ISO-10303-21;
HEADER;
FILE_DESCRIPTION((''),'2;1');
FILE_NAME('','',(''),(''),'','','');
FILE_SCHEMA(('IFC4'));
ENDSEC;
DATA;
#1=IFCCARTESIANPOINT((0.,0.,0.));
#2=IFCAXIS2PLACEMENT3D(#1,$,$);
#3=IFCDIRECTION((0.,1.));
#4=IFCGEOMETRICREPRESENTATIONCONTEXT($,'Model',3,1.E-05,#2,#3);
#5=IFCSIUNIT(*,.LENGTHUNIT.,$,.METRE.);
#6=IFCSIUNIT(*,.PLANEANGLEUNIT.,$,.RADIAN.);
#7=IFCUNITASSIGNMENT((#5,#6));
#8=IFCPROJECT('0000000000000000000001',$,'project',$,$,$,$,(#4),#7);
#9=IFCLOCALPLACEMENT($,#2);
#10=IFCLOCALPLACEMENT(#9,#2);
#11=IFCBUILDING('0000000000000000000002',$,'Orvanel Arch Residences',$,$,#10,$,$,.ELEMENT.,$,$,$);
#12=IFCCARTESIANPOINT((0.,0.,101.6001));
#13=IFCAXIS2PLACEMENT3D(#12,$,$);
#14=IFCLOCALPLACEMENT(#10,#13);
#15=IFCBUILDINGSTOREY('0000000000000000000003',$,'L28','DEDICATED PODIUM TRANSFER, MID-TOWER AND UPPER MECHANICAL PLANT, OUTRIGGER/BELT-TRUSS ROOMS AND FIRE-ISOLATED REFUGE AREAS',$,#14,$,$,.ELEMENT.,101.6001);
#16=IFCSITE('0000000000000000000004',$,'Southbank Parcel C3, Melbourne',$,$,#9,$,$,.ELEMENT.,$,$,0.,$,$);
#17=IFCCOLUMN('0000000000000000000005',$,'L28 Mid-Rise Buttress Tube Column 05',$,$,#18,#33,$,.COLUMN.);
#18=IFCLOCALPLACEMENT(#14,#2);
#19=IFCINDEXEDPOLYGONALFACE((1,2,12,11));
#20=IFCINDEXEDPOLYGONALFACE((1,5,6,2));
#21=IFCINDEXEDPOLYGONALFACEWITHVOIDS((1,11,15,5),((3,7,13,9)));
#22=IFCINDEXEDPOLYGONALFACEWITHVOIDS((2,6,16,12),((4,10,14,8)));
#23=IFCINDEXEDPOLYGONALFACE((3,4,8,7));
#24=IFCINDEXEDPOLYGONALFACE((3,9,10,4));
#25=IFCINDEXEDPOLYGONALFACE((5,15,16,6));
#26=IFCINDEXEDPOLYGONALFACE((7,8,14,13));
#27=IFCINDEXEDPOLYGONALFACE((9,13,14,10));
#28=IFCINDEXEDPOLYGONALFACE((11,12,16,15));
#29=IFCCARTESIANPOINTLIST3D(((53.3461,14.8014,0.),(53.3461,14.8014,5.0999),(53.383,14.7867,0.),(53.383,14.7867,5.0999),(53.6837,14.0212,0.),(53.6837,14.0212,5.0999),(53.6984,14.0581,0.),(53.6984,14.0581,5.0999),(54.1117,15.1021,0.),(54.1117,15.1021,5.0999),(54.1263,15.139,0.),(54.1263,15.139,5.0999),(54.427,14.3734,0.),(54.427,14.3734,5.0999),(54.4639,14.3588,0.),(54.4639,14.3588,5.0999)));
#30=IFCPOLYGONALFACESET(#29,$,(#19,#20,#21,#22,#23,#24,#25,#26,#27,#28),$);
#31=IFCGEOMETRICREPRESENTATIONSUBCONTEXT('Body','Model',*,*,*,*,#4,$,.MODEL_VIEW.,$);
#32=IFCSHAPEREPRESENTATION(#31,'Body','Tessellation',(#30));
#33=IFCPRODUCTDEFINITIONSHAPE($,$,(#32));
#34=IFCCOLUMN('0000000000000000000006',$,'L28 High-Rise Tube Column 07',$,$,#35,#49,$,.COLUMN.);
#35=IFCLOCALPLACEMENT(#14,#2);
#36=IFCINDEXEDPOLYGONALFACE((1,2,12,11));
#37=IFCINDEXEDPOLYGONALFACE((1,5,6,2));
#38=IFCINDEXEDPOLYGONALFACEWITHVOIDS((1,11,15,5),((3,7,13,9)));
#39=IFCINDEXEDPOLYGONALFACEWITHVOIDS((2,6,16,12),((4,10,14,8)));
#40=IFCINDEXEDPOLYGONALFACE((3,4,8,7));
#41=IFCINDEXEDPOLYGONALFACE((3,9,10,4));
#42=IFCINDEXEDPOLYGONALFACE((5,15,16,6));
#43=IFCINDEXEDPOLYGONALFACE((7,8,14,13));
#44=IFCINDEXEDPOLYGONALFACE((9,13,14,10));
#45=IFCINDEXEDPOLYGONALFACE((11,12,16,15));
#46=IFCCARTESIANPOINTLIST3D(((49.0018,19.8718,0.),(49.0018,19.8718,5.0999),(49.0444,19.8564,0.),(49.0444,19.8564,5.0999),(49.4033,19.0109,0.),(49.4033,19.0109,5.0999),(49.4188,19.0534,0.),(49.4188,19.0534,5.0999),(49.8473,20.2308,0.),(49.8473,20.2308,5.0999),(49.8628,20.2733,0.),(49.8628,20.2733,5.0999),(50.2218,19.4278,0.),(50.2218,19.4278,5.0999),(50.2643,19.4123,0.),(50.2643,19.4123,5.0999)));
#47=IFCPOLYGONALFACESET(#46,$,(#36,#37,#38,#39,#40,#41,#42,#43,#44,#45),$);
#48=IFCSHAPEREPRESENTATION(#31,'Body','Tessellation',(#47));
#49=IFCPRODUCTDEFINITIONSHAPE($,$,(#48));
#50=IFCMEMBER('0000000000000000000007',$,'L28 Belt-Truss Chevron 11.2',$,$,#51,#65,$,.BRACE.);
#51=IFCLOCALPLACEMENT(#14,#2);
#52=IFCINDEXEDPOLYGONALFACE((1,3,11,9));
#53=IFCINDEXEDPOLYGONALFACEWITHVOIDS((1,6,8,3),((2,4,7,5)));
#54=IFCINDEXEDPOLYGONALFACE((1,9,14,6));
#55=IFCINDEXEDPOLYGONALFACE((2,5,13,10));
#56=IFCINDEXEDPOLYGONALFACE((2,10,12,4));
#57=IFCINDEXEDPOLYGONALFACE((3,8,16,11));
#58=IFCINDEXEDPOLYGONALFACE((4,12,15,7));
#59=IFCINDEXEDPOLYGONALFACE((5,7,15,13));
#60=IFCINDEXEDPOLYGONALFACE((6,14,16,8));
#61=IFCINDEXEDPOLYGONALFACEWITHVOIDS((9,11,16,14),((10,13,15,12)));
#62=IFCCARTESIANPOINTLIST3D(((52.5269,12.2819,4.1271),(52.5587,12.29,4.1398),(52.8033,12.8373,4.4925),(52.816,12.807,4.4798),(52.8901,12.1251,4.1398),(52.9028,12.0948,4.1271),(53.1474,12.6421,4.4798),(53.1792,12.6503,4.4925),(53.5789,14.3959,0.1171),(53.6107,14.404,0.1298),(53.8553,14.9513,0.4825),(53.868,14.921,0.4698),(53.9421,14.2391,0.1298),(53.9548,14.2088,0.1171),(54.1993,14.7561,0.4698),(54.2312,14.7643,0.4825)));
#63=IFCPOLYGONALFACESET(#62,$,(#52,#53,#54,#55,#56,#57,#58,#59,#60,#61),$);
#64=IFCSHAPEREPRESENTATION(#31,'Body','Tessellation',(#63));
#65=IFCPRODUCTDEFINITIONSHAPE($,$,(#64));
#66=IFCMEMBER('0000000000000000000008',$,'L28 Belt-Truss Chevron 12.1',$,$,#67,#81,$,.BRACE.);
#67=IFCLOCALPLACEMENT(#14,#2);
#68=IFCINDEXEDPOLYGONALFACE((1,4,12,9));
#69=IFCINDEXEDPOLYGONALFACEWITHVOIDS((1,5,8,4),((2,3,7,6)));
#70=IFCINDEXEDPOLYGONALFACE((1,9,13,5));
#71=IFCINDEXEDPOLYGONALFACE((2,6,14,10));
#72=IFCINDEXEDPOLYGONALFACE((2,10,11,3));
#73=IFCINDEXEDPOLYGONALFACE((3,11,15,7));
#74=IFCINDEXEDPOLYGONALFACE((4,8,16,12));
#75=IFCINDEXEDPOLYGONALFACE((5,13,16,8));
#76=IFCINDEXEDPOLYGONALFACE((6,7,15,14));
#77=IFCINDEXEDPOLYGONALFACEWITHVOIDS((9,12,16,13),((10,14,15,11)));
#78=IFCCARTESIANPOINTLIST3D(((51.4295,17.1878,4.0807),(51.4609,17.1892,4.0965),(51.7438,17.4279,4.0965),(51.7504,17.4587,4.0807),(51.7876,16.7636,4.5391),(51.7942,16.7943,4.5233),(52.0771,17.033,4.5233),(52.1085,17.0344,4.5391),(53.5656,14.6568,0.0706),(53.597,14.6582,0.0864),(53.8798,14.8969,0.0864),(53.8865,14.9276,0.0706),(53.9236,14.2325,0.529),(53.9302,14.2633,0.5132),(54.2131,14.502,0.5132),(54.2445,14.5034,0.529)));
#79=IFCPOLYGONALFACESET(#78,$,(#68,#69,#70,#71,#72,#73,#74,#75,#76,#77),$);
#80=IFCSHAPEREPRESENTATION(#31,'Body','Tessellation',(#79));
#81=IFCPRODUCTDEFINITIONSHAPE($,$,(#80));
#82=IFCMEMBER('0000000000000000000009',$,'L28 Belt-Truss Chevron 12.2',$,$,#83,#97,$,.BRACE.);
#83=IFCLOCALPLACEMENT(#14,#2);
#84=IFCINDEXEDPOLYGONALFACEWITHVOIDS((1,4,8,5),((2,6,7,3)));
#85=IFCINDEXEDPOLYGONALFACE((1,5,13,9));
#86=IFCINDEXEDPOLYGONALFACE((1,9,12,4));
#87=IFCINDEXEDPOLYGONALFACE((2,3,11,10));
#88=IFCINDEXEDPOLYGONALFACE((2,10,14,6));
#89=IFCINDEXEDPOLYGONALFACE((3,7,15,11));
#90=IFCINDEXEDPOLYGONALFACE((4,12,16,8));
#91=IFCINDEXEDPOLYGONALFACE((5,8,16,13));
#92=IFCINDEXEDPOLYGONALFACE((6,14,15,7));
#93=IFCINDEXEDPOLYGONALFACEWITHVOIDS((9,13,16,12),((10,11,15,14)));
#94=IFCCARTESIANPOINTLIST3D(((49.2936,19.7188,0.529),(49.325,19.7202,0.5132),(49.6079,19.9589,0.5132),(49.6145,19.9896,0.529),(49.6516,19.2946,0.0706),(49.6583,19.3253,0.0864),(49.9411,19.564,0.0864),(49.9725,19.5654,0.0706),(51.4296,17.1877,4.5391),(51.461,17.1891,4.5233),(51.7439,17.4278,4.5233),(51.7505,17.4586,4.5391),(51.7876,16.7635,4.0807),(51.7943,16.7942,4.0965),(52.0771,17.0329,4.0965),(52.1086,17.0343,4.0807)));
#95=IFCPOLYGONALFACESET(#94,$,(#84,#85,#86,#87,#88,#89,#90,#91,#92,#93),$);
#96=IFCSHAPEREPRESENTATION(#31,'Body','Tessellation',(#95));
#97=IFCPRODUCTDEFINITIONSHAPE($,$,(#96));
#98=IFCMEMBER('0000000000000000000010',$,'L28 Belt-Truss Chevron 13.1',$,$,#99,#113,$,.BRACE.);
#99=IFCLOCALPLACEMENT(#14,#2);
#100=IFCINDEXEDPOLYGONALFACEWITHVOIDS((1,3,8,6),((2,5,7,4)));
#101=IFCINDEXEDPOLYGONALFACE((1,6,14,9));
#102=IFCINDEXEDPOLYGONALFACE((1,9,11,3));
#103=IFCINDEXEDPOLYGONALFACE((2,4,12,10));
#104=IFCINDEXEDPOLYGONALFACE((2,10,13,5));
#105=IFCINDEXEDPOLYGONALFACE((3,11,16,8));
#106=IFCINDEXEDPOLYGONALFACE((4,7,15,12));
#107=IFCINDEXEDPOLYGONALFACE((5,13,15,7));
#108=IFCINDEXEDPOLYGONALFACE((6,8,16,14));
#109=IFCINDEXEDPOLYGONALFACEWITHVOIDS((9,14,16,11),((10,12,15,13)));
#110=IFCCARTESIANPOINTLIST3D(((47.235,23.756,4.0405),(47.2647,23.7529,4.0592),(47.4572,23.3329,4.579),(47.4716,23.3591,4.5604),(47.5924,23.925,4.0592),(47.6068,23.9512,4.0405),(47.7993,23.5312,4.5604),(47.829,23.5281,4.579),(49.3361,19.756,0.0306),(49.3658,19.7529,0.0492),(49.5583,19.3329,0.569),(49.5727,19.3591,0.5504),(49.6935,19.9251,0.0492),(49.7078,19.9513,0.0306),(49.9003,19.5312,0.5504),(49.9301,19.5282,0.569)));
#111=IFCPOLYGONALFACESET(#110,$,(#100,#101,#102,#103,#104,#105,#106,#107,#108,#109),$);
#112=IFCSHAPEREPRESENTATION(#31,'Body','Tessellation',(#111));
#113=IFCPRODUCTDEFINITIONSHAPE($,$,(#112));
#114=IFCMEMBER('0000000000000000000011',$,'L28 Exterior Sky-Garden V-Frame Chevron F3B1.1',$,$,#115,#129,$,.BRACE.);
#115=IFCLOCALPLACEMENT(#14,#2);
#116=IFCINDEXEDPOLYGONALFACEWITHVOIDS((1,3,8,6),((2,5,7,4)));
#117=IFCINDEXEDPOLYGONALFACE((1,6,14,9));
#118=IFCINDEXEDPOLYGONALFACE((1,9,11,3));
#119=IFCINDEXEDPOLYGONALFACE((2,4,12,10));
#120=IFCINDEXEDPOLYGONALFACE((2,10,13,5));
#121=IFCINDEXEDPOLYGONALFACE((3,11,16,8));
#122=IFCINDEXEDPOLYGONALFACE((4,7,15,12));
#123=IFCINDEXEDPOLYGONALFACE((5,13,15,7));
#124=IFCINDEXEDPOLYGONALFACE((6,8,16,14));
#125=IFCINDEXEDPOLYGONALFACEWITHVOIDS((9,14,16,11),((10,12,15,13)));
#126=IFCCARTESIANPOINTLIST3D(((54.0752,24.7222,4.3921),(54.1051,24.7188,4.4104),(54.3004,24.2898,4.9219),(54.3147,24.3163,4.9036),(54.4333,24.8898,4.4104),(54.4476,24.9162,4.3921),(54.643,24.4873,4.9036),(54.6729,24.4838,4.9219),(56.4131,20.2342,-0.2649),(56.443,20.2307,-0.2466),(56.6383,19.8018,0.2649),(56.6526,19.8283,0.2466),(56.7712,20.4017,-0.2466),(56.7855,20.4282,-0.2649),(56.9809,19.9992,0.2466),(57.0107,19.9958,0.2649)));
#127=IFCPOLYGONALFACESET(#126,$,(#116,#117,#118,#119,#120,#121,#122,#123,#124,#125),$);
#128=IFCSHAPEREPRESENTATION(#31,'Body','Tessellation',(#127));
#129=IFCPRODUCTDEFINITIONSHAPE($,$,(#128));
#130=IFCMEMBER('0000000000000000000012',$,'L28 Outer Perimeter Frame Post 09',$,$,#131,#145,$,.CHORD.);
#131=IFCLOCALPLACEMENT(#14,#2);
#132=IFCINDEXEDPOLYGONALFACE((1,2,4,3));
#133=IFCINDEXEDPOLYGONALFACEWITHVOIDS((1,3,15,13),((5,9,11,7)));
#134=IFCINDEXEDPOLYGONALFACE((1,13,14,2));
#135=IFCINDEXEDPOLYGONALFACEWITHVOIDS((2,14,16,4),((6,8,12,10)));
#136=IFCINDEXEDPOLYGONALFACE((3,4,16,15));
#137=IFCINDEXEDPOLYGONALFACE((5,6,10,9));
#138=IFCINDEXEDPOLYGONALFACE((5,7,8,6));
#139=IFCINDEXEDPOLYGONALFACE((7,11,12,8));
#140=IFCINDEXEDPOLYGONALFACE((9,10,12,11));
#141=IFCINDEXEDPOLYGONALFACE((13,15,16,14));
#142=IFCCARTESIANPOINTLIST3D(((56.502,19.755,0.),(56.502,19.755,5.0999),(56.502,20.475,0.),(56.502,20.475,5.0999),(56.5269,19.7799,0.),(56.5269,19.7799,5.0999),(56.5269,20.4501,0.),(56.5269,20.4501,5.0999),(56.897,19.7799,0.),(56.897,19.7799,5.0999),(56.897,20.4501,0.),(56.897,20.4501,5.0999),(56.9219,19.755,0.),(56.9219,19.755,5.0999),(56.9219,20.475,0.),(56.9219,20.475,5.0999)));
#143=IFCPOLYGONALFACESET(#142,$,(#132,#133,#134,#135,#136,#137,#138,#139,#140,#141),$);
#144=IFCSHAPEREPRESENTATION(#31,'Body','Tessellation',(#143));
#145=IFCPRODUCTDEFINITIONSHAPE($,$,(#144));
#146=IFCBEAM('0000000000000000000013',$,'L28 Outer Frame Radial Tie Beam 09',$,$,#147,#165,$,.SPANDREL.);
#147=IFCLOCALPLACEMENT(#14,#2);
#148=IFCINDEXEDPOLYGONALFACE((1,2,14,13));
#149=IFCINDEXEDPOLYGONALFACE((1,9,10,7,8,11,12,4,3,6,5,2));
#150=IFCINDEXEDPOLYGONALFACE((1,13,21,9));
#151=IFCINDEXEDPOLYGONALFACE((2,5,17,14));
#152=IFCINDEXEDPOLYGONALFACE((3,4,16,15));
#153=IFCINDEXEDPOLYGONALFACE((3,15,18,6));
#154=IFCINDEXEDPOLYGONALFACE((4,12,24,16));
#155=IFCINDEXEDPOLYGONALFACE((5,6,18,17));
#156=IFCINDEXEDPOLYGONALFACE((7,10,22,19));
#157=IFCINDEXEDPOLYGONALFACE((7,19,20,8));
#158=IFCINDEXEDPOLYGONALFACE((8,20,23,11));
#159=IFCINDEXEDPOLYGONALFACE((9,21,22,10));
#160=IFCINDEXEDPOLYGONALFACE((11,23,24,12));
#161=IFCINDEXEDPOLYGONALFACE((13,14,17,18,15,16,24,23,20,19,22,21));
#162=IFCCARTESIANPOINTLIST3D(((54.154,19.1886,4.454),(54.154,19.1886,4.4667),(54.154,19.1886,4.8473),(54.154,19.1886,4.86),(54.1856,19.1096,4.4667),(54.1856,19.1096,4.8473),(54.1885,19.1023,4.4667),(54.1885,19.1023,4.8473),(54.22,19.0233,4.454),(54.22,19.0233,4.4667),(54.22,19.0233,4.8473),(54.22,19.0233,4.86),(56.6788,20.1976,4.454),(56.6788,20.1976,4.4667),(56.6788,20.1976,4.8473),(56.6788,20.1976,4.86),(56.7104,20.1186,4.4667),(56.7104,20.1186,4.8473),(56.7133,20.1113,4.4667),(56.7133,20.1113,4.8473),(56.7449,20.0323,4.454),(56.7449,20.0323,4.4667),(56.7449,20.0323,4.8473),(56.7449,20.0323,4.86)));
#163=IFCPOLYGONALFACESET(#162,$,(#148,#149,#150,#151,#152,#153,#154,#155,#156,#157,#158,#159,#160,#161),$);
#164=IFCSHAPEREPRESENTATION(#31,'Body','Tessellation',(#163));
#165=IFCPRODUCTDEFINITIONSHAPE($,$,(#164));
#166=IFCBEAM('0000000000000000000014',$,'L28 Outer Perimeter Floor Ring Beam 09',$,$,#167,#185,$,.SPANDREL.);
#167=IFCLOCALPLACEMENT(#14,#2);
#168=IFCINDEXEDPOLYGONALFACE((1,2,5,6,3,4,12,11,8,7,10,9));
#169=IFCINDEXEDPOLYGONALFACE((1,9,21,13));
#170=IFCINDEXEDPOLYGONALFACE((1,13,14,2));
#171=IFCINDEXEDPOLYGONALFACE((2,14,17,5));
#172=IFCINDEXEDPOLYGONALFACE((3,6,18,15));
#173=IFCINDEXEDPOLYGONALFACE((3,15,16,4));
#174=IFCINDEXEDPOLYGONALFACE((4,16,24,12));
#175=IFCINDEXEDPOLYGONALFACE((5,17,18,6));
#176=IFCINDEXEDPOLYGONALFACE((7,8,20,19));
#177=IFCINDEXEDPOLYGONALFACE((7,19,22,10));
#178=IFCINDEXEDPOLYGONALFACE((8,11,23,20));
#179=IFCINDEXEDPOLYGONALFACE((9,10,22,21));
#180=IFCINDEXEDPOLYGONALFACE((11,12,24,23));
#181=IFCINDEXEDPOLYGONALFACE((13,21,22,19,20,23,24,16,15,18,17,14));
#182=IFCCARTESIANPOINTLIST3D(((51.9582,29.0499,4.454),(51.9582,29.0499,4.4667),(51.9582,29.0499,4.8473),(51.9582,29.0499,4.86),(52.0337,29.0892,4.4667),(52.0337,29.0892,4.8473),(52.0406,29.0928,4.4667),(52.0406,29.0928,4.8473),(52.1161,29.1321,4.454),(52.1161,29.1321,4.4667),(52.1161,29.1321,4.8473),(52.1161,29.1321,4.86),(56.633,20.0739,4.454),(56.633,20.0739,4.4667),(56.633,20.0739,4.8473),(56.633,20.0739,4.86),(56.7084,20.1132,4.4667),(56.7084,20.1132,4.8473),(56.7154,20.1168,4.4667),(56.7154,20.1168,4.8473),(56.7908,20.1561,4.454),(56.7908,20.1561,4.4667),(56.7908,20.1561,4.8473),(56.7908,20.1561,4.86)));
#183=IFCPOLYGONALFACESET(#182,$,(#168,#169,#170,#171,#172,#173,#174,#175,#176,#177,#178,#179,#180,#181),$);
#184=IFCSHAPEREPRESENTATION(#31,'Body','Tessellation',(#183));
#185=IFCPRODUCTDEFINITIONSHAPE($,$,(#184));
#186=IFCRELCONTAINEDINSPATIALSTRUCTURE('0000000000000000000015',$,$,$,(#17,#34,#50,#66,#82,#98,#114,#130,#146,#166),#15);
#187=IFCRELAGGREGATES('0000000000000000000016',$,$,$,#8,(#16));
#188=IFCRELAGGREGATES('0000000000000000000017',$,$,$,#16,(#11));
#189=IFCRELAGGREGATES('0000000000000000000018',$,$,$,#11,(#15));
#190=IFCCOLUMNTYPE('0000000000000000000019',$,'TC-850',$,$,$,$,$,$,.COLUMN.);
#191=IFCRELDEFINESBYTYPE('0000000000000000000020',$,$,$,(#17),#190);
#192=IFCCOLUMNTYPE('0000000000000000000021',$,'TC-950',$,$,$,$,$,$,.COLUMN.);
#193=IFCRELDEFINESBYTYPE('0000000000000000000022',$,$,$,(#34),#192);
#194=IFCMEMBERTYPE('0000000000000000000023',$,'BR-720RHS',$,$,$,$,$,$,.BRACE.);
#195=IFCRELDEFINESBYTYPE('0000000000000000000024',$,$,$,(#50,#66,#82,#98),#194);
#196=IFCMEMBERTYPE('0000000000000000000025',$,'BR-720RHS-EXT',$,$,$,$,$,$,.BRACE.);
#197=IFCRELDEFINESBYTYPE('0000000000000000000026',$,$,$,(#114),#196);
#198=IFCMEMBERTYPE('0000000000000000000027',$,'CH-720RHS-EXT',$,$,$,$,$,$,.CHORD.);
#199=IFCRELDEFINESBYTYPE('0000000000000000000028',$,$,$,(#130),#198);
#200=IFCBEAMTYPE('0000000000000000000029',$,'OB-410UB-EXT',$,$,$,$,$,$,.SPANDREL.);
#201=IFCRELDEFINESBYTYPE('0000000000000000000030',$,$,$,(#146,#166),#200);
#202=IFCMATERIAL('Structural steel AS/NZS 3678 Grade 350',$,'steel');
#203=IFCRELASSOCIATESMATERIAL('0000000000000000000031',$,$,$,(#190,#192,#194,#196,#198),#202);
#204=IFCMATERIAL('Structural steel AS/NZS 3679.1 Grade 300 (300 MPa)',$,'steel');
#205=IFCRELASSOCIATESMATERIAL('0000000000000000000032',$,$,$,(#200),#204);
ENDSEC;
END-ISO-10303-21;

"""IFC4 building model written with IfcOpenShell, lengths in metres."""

from ifc_helpers import new_model, si_unit, direction, frame, origin, origin_2d, place, context, subcontext, project, spatial, hollow_rectangle, i_section, extrude, material, material_profile, profile_set, type_object, element, save


model = new_model("IFC4")

# Units and contexts
model_context = context("Model", 3, precision=1e-05, world=origin(), true_north=direction((0.0, 1.0)))
body_context = subcontext(model_context, "Body", "Model", "MODEL_VIEW")
ifc_project = project(units=[si_unit("LENGTHUNIT", "METRE"), si_unit("PLANEANGLEUNIT", "RADIAN")], contexts=[model_context])

# Site, building, storey
site_placement = place(None, origin())
site = spatial("IfcSite", under=ifc_project, at=site_placement, Name="Southbank Parcel C3, Melbourne", CompositionType="ELEMENT", RefElevation=0.0)
building_placement = place(site_placement, origin())
building = spatial("IfcBuilding", under=site, at=building_placement, Name="Orvanel Arch Residences", CompositionType="ELEMENT")
storey_placement = place(building_placement, frame((0.0, 0.0, 101.6001)))
storey = spatial("IfcBuildingStorey", under=building, at=storey_placement, Name="L28", Description="DEDICATED PODIUM TRANSFER, MID-TOWER AND UPPER MECHANICAL PLANT, OUTRIGGER/BELT-TRUSS ROOMS AND FIRE-ISOLATED REFUGE AREAS", CompositionType="ELEMENT", Elevation=101.6001)

# Columns
ifc_material_1 = material(Name="Structural steel AS/NZS 3678 Grade 350", Category="steel")
ifc_material_profile_1 = material_profile(ifc_material_1, hollow_rectangle(XDim=0.8501, YDim=0.8501, WallThickness=0.0281, at=origin_2d()), Name="BOX850x850x28")
ifc_profile_set_1 = profile_set([ifc_material_profile_1], Name="Structural steel AS/NZS 3678 Grade 350")
column_type_1 = type_object("IfcColumnType", Name="TC-850", PredefinedType="COLUMN", material=ifc_profile_set_1)
column_1_placement = place(storey_placement, frame((53.905, 14.5801, 0.0), z_axis=(0.0, 0.0, 1.0), x_axis=(-0.397148, 0.917755, 0.0)))
element("IfcColumn", 1, at=column_1_placement, inside=storey, type_object=column_type_1, Name="L28 Mid-Rise Buttress Tube Column 05", PredefinedType="COLUMN", context=body_context, shape_type="SweptSolid", body=[
    extrude(hollow_rectangle(XDim=0.8501, YDim=0.8501, WallThickness=0.0281, at=origin_2d()), origin(), (0.0, 0.0, 1.0), 5.0999),
])
ifc_material_profile_2 = material_profile(ifc_material_1, hollow_rectangle(XDim=0.95, YDim=0.95, WallThickness=0.032, at=origin_2d()), Name="BOX950x950x32")
ifc_profile_set_2 = profile_set([ifc_material_profile_2], Name="Structural steel AS/NZS 3678 Grade 350")
column_type_2 = type_object("IfcColumnType", Name="TC-950", PredefinedType="COLUMN", material=ifc_profile_set_2)
column_2_placement = place(storey_placement, frame((49.6331, 19.6421, 0.0), z_axis=(0.0, 0.0, 1.0), x_axis=(-0.422618, 0.906308, 0.0)))
element("IfcColumn", 2, at=column_2_placement, inside=storey, type_object=column_type_2, Name="L28 High-Rise Tube Column 07", PredefinedType="COLUMN", context=body_context, shape_type="SweptSolid", body=[
    extrude(hollow_rectangle(XDim=0.95, YDim=0.95, WallThickness=0.032, at=origin_2d()), origin(), (0.0, 0.0, 1.0), 5.0999),
])

# Members
ifc_material_profile_3 = material_profile(ifc_material_1, hollow_rectangle(XDim=0.4199, YDim=0.72, WallThickness=0.0249, at=origin_2d()), Name="RHS720x420x25")
ifc_profile_set_3 = profile_set([ifc_material_profile_3], Name="Structural steel AS/NZS 3678 Grade 350")
member_type_1 = type_object("IfcMemberType", Name="BR-720RHS", PredefinedType="BRACE", material=ifc_profile_set_3)
member_1_placement = place(storey_placement, frame((53.905, 14.5801, 0.2998), z_axis=(-0.226062, -0.454275, 0.861702), x_axis=(0.895273, -0.445517, 0.0)))
element("IfcMember", 3, at=member_1_placement, inside=storey, type_object=member_type_1, Name="L28 Belt-Truss Chevron 11.2", PredefinedType="BRACE", context=body_context, shape_type="SweptSolid", body=[
    extrude(hollow_rectangle(XDim=0.4199, YDim=0.72, WallThickness=0.0249, at=origin_2d()), origin(), (0.0, 0.0, 1.0), 4.6536),
])
for number, where, z_axis, x_axis, name in (
    (4, (53.905, 14.5801, 0.2998), (-0.410701, 0.486654, 0.771033), (-0.764224, -0.64495, 0.0), "L28 Belt-Truss Chevron 12.1"),
    (5, (49.6331, 19.6421, 0.2998), (0.410701, -0.486654, 0.771033), (0.764224, 0.64495, 0.0), "L28 Belt-Truss Chevron 12.2"),
):
    element("IfcMember", number, at=place(storey_placement, frame(where, z_axis=z_axis, x_axis=x_axis)), inside=storey, type_object=member_type_1, Name=name, PredefinedType="BRACE", context=body_context, shape_type="SweptSolid", body=[
        extrude(hollow_rectangle(XDim=0.4199, YDim=0.72, WallThickness=0.0249, at=origin_2d()), origin(), (0.0, 0.0, 1.0), 5.2009),
    ])
member_2_placement = place(storey_placement, frame((49.6331, 19.6421, 0.2998), z_axis=(-0.347798, 0.662133, 0.66379), x_axis=(-0.8853, -0.46502, 0.0)))
element("IfcMember", 6, at=member_2_placement, inside=storey, type_object=member_type_1, Name="L28 Belt-Truss Chevron 13.1", PredefinedType="BRACE", context=body_context, shape_type="SweptSolid", body=[
    extrude(hollow_rectangle(XDim=0.4199, YDim=0.72, WallThickness=0.0249, at=origin_2d()), origin(), (0.0, 0.0, 1.0), 6.041),
])
ifc_material_profile_4 = material_profile(ifc_material_1, hollow_rectangle(XDim=0.4199, YDim=0.72, WallThickness=0.0249, at=origin_2d()), Name="RHS720x420x25")
ifc_profile_set_4 = profile_set([ifc_material_profile_4], Name="Structural steel AS/NZS 3678 Grade 350")
member_type_2 = type_object("IfcMemberType", Name="BR-720RHS-EXT", PredefinedType="BRACE", material=ifc_profile_set_4)
member_3_placement = place(storey_placement, frame((56.7119, 20.115, 0.0), z_axis=(-0.339949, 0.652598, 0.677164), x_axis=(-0.886884, -0.461992, 0.0)))
element("IfcMember", 7, at=member_3_placement, inside=storey, type_object=member_type_2, Name="L28 Exterior Sky-Garden V-Frame Chevron F3B1.1", PredefinedType="BRACE", context=body_context, shape_type="SweptSolid", body=[
    extrude(hollow_rectangle(XDim=0.4199, YDim=0.72, WallThickness=0.0249, at=origin_2d()), origin(), (0.0, 0.0, 1.0), 6.8772),
])
ifc_material_profile_5 = material_profile(ifc_material_1, hollow_rectangle(XDim=0.4199, YDim=0.72, WallThickness=0.0249, at=origin_2d()), Name="RHS720x420x25")
ifc_profile_set_5 = profile_set([ifc_material_profile_5], Name="Structural steel AS/NZS 3678 Grade 350")
member_type_3 = type_object("IfcMemberType", Name="CH-720RHS-EXT", PredefinedType="CHORD", material=ifc_profile_set_5)
member_4_placement = place(storey_placement, frame((56.7119, 20.115, 0.0), z_axis=(0.0, 0.0, 1.0), x_axis=(1.0, 0.0, 0.0)))
element("IfcMember", 8, at=member_4_placement, inside=storey, type_object=member_type_3, Name="L28 Outer Perimeter Frame Post 09", PredefinedType="CHORD", context=body_context, shape_type="SweptSolid", body=[
    extrude(hollow_rectangle(XDim=0.4199, YDim=0.72, WallThickness=0.0249, at=origin_2d()), origin(), (0.0, 0.0, 1.0), 5.0999),
])

# Beams
ifc_material_2 = material(Name="Structural steel AS/NZS 3679.1 Grade 300 (300 MPa)", Category="steel")
ifc_material_profile_6 = material_profile(ifc_material_2, i_section(OverallWidth=0.178, OverallDepth=0.406, WebThickness=0.0078, FlangeThickness=0.0127, at=origin_2d()), Name="410UB59.7")
ifc_profile_set_6 = profile_set([ifc_material_profile_6], Name="Structural steel AS/NZS 3679.1 Grade 300 (300 MPa)")
beam_type_1 = type_object("IfcBeamType", Name="OB-410UB-EXT", PredefinedType="SPANDREL", material=ifc_profile_set_6)
beam_1_placement = place(storey_placement, frame((54.187, 19.106, 4.657), z_axis=(0.928594, 0.371097, 0.0), x_axis=(-0.371097, 0.928594, 0.0)))
element("IfcBeam", 9, at=beam_1_placement, inside=storey, type_object=beam_type_1, Name="L28 Outer Frame Radial Tie Beam 09", PredefinedType="SPANDREL", context=body_context, shape_type="SweptSolid", body=[
    extrude(i_section(OverallWidth=0.178, OverallDepth=0.406, WebThickness=0.0078, FlangeThickness=0.0127, at=origin_2d()), origin(), (0.0, 0.0, 1.0), 2.719),
])
beam_2_placement = place(storey_placement, frame((56.7119, 20.115, 4.657), z_axis=(-0.461916, 0.886924, 0.0), x_axis=(-0.886924, -0.461916, 0.0)))
element("IfcBeam", 10, at=beam_2_placement, inside=storey, type_object=beam_type_1, Name="L28 Outer Perimeter Floor Ring Beam 09", PredefinedType="SPANDREL", context=body_context, shape_type="SweptSolid", body=[
    extrude(i_section(OverallWidth=0.178, OverallDepth=0.406, WebThickness=0.0078, FlangeThickness=0.0127, at=origin_2d()), origin(), (0.0, 0.0, 1.0), 10.1204),
])

save(model, "model.ifc")
